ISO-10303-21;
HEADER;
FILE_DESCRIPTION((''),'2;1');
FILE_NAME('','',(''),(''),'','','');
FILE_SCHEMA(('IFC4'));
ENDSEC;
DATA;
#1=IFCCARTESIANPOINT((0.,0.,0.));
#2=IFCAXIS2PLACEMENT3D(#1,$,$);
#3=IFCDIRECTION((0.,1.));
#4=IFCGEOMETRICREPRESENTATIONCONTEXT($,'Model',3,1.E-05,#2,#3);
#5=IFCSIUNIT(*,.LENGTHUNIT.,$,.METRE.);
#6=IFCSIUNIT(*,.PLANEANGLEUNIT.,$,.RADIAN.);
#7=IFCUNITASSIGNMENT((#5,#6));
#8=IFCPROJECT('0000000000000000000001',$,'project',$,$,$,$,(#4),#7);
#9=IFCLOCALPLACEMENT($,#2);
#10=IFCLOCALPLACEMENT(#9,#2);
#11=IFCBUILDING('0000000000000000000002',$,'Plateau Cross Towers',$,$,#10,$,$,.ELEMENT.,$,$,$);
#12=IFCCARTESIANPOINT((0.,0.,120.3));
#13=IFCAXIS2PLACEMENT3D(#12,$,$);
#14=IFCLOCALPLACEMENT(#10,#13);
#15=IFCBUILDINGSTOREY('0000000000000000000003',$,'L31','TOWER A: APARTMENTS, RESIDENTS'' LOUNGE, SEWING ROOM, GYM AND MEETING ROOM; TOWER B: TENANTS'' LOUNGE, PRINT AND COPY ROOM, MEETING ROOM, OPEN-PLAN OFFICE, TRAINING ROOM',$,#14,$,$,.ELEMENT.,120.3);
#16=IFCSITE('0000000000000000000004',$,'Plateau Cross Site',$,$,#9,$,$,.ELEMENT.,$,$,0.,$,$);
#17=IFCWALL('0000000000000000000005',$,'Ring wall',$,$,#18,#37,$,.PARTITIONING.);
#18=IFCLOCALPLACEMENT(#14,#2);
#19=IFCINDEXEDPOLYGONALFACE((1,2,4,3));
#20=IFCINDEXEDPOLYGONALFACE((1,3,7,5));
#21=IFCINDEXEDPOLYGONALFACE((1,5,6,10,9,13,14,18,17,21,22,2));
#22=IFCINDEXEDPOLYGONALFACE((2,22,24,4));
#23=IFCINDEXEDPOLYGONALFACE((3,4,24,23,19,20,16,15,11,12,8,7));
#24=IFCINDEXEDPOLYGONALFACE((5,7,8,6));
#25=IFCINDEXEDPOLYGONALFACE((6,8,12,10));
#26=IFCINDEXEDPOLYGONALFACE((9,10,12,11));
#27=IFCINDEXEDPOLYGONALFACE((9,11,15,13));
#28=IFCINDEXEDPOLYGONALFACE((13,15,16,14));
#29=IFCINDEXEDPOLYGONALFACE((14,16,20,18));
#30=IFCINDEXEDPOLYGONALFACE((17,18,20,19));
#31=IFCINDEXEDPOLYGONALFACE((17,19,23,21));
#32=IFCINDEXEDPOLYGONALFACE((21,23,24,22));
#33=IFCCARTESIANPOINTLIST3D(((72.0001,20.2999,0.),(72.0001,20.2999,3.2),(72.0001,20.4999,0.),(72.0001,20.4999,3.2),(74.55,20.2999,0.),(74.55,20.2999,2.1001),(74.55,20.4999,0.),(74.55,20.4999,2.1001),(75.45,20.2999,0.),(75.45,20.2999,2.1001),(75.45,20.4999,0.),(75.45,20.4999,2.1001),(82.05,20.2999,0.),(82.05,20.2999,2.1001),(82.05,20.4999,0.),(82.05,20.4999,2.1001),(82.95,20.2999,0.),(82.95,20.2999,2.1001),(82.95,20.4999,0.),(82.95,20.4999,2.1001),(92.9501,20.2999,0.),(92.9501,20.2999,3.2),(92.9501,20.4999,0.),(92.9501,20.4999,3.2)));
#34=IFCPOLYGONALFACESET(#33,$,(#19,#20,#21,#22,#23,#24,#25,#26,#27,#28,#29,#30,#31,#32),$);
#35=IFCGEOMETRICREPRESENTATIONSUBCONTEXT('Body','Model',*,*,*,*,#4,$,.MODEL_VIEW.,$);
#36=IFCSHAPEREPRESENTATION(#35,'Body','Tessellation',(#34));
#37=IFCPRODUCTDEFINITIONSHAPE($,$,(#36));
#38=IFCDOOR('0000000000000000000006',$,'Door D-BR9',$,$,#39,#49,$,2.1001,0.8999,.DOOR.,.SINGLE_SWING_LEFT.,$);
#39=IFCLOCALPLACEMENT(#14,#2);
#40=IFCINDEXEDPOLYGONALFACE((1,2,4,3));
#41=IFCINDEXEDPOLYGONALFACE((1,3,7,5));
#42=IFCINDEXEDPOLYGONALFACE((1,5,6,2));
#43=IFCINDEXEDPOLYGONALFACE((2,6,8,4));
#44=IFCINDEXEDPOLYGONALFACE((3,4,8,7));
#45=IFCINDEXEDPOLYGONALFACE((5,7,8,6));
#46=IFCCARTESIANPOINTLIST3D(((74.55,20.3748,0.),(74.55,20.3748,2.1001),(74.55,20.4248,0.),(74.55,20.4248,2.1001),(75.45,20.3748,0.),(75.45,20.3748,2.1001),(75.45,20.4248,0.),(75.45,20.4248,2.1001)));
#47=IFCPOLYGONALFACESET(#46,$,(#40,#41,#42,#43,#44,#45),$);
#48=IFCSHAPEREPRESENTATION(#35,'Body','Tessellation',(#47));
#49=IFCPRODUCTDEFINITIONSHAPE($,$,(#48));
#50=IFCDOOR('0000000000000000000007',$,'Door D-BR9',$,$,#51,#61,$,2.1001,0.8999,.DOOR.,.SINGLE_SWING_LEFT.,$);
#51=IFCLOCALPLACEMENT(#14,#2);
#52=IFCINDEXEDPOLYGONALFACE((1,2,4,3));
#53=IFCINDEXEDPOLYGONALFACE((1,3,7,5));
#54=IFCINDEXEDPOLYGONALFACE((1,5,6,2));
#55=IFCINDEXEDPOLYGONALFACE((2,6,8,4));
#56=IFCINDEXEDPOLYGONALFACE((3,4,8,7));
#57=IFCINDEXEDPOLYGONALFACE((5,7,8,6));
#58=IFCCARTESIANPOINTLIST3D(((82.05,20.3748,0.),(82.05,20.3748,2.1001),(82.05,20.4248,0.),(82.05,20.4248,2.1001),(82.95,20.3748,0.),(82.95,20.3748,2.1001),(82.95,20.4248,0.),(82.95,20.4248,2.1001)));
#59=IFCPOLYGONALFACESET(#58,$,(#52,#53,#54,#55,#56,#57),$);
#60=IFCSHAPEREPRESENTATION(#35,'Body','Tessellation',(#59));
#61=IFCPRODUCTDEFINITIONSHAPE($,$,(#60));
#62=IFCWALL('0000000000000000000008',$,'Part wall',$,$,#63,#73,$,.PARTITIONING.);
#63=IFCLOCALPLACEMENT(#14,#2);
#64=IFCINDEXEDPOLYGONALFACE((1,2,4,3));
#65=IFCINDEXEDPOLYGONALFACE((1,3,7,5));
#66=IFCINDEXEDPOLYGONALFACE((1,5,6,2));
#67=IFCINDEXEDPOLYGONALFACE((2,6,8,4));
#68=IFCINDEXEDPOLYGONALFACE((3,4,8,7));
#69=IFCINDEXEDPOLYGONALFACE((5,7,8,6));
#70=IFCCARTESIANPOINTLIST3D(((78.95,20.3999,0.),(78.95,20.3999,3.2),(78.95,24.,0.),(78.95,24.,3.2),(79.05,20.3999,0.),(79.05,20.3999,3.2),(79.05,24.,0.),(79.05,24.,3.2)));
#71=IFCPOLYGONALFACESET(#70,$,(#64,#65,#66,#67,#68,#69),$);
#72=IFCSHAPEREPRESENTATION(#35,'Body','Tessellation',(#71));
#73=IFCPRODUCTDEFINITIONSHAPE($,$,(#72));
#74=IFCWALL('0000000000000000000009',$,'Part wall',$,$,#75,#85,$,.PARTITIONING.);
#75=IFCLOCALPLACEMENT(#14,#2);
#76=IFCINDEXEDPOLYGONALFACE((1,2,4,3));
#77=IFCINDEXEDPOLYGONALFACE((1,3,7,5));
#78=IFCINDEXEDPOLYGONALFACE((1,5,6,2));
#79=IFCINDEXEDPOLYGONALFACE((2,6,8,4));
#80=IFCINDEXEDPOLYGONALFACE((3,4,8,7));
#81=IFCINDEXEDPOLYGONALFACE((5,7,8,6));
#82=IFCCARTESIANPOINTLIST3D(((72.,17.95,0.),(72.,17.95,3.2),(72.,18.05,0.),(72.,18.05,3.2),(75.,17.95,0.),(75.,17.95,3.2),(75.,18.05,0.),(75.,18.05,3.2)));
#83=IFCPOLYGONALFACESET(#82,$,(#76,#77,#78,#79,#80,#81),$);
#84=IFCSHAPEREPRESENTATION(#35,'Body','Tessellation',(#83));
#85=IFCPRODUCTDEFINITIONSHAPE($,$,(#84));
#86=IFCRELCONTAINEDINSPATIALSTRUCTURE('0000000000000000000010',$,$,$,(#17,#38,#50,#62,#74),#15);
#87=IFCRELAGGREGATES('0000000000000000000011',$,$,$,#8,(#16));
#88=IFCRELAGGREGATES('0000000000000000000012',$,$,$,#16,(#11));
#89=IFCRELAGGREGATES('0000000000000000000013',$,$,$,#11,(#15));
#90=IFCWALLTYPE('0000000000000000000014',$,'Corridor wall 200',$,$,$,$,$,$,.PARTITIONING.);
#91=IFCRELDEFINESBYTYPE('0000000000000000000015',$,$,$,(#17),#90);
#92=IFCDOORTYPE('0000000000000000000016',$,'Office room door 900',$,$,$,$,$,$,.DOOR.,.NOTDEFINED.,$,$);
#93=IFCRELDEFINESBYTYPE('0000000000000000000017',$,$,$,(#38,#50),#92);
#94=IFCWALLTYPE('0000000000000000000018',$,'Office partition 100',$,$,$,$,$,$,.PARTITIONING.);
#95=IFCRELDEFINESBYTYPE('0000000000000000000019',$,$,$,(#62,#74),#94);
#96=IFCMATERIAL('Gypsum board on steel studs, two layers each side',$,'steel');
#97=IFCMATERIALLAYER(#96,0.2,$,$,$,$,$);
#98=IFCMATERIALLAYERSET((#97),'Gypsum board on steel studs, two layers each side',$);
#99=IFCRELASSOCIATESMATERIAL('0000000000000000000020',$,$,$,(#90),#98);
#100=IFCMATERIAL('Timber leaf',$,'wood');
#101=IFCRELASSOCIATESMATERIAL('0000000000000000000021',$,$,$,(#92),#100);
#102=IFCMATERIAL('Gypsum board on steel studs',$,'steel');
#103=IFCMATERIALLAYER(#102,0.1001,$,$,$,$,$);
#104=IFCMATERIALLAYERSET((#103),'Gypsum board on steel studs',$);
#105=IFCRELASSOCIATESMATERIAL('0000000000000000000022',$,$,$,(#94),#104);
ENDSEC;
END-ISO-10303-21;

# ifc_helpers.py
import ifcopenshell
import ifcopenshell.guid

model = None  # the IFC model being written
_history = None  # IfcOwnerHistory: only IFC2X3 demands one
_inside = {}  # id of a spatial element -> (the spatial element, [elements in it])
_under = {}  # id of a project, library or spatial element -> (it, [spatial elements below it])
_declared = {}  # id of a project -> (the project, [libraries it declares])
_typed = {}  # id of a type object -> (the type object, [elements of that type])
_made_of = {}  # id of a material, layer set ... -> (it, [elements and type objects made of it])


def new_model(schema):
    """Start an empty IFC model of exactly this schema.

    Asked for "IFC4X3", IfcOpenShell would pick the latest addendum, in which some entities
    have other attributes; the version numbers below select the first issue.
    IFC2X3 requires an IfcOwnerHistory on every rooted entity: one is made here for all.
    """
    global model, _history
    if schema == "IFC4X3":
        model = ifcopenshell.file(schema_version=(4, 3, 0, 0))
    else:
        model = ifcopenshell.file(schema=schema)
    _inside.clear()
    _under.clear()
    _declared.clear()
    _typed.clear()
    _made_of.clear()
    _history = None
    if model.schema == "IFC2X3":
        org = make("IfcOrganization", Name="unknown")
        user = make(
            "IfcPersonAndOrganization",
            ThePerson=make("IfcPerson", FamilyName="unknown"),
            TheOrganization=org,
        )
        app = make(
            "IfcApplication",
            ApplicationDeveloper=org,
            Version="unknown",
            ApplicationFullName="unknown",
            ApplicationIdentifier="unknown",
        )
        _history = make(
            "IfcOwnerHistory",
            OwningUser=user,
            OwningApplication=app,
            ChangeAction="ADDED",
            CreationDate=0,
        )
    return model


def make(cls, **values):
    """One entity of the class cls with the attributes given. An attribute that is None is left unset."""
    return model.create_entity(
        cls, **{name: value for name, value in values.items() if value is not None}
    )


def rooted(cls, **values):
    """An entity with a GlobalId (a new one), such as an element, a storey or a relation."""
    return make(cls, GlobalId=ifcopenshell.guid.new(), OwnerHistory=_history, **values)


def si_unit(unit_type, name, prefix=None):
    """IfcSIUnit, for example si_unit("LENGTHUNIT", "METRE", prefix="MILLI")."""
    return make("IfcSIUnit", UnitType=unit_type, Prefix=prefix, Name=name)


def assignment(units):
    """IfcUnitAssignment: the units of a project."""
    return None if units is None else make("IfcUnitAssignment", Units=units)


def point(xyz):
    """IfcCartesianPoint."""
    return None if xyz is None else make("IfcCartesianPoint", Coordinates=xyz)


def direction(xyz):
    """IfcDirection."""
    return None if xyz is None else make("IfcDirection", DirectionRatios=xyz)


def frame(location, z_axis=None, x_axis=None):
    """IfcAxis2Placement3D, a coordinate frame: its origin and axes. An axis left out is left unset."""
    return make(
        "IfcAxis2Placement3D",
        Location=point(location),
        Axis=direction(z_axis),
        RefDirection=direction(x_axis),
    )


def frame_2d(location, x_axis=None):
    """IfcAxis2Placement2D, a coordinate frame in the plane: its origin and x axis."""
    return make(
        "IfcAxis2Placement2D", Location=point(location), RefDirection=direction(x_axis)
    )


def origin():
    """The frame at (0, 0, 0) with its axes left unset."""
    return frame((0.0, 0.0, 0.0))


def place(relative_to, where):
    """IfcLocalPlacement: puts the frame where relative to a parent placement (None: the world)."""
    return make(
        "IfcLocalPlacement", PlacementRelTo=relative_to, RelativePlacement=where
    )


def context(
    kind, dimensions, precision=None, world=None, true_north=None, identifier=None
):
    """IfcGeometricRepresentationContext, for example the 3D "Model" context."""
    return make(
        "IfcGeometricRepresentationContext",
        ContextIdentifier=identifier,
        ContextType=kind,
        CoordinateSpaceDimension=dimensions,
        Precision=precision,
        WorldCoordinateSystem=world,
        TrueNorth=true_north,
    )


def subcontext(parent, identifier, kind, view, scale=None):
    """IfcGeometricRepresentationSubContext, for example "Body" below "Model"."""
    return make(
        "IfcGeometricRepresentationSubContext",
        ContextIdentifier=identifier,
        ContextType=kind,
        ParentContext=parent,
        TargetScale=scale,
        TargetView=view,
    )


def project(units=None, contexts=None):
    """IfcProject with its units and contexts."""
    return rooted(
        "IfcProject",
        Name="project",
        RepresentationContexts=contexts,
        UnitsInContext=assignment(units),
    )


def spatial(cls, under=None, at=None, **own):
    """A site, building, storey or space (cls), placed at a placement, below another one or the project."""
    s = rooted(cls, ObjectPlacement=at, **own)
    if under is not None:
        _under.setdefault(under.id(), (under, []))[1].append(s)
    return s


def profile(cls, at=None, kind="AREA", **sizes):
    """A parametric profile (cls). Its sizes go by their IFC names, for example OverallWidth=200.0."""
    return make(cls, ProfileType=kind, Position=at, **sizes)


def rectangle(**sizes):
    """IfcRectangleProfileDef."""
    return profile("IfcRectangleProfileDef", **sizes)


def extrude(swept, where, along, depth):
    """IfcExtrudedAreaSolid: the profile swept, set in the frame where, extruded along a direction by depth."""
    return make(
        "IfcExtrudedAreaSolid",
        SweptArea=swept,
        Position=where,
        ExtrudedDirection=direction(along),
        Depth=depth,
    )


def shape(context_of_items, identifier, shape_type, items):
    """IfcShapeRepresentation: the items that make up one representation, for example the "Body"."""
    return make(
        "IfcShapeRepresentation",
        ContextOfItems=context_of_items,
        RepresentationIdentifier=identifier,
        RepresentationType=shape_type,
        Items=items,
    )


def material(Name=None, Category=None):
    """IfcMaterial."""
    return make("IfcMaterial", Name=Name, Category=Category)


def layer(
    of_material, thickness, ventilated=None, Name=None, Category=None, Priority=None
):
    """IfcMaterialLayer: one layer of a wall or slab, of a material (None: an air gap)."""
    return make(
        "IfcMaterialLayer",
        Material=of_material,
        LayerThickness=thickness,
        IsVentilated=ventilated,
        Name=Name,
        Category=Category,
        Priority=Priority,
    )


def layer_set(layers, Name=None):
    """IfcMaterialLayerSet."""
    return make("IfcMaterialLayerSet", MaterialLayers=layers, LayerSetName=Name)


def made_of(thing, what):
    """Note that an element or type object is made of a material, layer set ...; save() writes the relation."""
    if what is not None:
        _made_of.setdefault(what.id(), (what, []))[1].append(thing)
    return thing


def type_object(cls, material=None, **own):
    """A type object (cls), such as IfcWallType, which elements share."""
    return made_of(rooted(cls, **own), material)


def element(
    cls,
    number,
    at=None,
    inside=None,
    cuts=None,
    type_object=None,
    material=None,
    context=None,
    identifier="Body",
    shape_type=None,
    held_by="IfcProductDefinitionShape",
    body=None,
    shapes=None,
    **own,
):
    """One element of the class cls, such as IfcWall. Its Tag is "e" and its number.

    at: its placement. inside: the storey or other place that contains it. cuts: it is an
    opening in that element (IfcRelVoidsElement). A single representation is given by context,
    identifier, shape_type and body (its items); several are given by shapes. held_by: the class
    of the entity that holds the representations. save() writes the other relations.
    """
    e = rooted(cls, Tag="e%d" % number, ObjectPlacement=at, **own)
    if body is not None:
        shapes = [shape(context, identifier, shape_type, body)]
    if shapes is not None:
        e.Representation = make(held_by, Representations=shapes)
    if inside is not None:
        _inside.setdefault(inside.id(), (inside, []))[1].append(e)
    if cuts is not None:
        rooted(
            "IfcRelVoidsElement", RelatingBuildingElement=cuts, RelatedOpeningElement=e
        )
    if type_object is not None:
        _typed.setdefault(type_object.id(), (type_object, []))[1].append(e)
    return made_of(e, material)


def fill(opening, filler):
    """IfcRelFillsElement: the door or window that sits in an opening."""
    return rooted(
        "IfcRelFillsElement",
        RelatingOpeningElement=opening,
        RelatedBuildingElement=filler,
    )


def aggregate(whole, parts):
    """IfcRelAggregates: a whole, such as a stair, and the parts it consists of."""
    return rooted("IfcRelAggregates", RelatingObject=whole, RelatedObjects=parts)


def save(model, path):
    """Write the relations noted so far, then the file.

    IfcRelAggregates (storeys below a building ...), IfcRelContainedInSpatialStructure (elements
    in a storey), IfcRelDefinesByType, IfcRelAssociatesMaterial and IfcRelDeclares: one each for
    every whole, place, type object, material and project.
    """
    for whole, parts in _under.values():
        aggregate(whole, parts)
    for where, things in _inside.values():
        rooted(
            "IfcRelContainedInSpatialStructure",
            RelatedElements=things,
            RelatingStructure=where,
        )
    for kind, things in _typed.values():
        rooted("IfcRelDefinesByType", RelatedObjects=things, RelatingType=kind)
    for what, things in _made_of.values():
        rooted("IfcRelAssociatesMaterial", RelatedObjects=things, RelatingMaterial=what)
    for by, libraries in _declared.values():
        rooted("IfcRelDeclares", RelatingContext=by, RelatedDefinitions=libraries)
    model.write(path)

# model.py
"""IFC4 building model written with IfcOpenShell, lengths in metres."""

from ifc_helpers import new_model, si_unit, direction, frame, frame_2d, origin, place, context, subcontext, project, spatial, rectangle, extrude, material, layer, layer_set, type_object, element, fill, save


model = new_model("IFC4")

# Units and contexts
model_context = context("Model", 3, precision=1e-05, world=origin(), true_north=direction((0.0, 1.0)))
body_context = subcontext(model_context, "Body", "Model", "MODEL_VIEW")
ifc_project = project(units=[si_unit("LENGTHUNIT", "METRE"), si_unit("PLANEANGLEUNIT", "RADIAN")], contexts=[model_context])

# Site, building, storey
site_placement = place(None, origin())
site = spatial("IfcSite", under=ifc_project, at=site_placement, Name="Plateau Cross Site", CompositionType="ELEMENT", RefElevation=0.0)
building_placement = place(site_placement, origin())
building = spatial("IfcBuilding", under=site, at=building_placement, Name="Plateau Cross Towers", CompositionType="ELEMENT")
storey_placement = place(building_placement, frame((0.0, 0.0, 120.3)))
storey = spatial("IfcBuildingStorey", under=building, at=storey_placement, Name="L31", Description="TOWER A: APARTMENTS, RESIDENTS' LOUNGE, SEWING ROOM, GYM AND MEETING ROOM; TOWER B: TENANTS' LOUNGE, PRINT AND COPY ROOM, MEETING ROOM, OPEN-PLAN OFFICE, TRAINING ROOM", CompositionType="ELEMENT", Elevation=120.3)

# Wall, openings, doors
ifc_material_1 = material(Name="Gypsum board on steel studs, two layers each side", Category="steel")
ifc_layer_1 = layer(ifc_material_1, 0.2)
ifc_layer_set_1 = layer_set([ifc_layer_1], Name="Gypsum board on steel studs, two layers each side")
wall_type_1 = type_object("IfcWallType", Name="Corridor wall 200", PredefinedType="PARTITIONING", material=ifc_layer_set_1)
wall_1_placement = place(storey_placement, frame((72.0, 20.3999, 0.0), z_axis=(0.0, 0.0, 1.0), x_axis=(1.0, 0.0, 0.0)))
wall_1 = element("IfcWall", 1, at=wall_1_placement, inside=storey, type_object=wall_type_1, Name="Ring wall", PredefinedType="PARTITIONING", context=body_context, shape_type="SweptSolid", body=[
    extrude(rectangle(XDim=20.95, YDim=0.2, at=frame_2d((10.4751, 0.0))), origin(), (0.0, 0.0, 1.0), 3.2),
])
opening_1_placement = place(wall_1_placement, frame((2.55, 0.0, 0.0)))
opening_1 = element("IfcOpeningElement", 2, at=opening_1_placement, cuts=wall_1, PredefinedType="OPENING", context=body_context, shape_type="SweptSolid", body=[
    extrude(rectangle(XDim=0.8999, YDim=2.1001, at=frame_2d((0.45, 1.05))), frame((0.0, 0.1099, 0.0), z_axis=(0.0, -1.0, 0.0), x_axis=(1.0, 0.0, 0.0)), (0.0, 0.0, 1.0), 0.22),
])
opening_2_placement = place(wall_1_placement, frame((10.05, 0.0, 0.0)))
opening_2 = element("IfcOpeningElement", 3, at=opening_2_placement, cuts=wall_1, PredefinedType="OPENING", context=body_context, shape_type="SweptSolid", body=[
    extrude(rectangle(XDim=0.8999, YDim=2.1001, at=frame_2d((0.45, 1.05))), frame((0.0, 0.1099, 0.0), z_axis=(0.0, -1.0, 0.0), x_axis=(1.0, 0.0, 0.0)), (0.0, 0.0, 1.0), 0.22),
])
ifc_material_2 = material(Name="Timber leaf", Category="wood")
door_type = type_object("IfcDoorType", Name="Office room door 900", OperationType="NOTDEFINED", PredefinedType="DOOR", material=ifc_material_2)
door_1_placement = place(opening_1_placement, origin())
door_1 = element("IfcDoor", 4, at=door_1_placement, inside=storey, type_object=door_type, Name="Door D-BR9", OperationType="SINGLE_SWING_LEFT", OverallHeight=2.1001, OverallWidth=0.8999, PredefinedType="DOOR", context=body_context, shape_type="SweptSolid", body=[
    extrude(rectangle(XDim=0.8999, YDim=2.1001, at=frame_2d((0.45, 1.05))), frame((0.0, 0.0249, 0.0), z_axis=(0.0, -1.0, 0.0), x_axis=(1.0, 0.0, 0.0)), (0.0, 0.0, 1.0), 0.05),
])
fill(opening_1, door_1)
door_2_placement = place(opening_2_placement, origin())
door_2 = element("IfcDoor", 5, at=door_2_placement, inside=storey, type_object=door_type, Name="Door D-BR9", OperationType="SINGLE_SWING_LEFT", OverallHeight=2.1001, OverallWidth=0.8999, PredefinedType="DOOR", context=body_context, shape_type="SweptSolid", body=[
    extrude(rectangle(XDim=0.8999, YDim=2.1001, at=frame_2d((0.45, 1.05))), frame((0.0, 0.0249, 0.0), z_axis=(0.0, -1.0, 0.0), x_axis=(1.0, 0.0, 0.0)), (0.0, 0.0, 1.0), 0.05),
])
fill(opening_2, door_2)

# Walls
ifc_material_3 = material(Name="Gypsum board on steel studs", Category="steel")
ifc_layer_2 = layer(ifc_material_3, 0.1001)
ifc_layer_set_2 = layer_set([ifc_layer_2], Name="Gypsum board on steel studs")
wall_type_2 = type_object("IfcWallType", Name="Office partition 100", PredefinedType="PARTITIONING", material=ifc_layer_set_2)
wall_2_placement = place(storey_placement, frame((79.0, 20.3999, 0.0), z_axis=(0.0, 0.0, 1.0), x_axis=(0.0, 1.0, 0.0)))
element("IfcWall", 6, at=wall_2_placement, inside=storey, type_object=wall_type_2, Name="Part wall", PredefinedType="PARTITIONING", context=body_context, shape_type="SweptSolid", body=[
    extrude(rectangle(XDim=3.6001, YDim=0.1001, at=frame_2d((1.8, 0.0))), origin(), (0.0, 0.0, 1.0), 3.2),
])
wall_3_placement = place(storey_placement, frame((72.0, 18.0, 0.0), z_axis=(0.0, 0.0, 1.0), x_axis=(1.0, 0.0, 0.0)))
element("IfcWall", 7, at=wall_3_placement, inside=storey, type_object=wall_type_2, Name="Part wall", PredefinedType="PARTITIONING", context=body_context, shape_type="SweptSolid", body=[
    extrude(rectangle(XDim=3.0, YDim=0.1001, at=frame_2d((1.5, 0.0))), origin(), (0.0, 0.0, 1.0), 3.2),
])

save(model, "model.ifc")
